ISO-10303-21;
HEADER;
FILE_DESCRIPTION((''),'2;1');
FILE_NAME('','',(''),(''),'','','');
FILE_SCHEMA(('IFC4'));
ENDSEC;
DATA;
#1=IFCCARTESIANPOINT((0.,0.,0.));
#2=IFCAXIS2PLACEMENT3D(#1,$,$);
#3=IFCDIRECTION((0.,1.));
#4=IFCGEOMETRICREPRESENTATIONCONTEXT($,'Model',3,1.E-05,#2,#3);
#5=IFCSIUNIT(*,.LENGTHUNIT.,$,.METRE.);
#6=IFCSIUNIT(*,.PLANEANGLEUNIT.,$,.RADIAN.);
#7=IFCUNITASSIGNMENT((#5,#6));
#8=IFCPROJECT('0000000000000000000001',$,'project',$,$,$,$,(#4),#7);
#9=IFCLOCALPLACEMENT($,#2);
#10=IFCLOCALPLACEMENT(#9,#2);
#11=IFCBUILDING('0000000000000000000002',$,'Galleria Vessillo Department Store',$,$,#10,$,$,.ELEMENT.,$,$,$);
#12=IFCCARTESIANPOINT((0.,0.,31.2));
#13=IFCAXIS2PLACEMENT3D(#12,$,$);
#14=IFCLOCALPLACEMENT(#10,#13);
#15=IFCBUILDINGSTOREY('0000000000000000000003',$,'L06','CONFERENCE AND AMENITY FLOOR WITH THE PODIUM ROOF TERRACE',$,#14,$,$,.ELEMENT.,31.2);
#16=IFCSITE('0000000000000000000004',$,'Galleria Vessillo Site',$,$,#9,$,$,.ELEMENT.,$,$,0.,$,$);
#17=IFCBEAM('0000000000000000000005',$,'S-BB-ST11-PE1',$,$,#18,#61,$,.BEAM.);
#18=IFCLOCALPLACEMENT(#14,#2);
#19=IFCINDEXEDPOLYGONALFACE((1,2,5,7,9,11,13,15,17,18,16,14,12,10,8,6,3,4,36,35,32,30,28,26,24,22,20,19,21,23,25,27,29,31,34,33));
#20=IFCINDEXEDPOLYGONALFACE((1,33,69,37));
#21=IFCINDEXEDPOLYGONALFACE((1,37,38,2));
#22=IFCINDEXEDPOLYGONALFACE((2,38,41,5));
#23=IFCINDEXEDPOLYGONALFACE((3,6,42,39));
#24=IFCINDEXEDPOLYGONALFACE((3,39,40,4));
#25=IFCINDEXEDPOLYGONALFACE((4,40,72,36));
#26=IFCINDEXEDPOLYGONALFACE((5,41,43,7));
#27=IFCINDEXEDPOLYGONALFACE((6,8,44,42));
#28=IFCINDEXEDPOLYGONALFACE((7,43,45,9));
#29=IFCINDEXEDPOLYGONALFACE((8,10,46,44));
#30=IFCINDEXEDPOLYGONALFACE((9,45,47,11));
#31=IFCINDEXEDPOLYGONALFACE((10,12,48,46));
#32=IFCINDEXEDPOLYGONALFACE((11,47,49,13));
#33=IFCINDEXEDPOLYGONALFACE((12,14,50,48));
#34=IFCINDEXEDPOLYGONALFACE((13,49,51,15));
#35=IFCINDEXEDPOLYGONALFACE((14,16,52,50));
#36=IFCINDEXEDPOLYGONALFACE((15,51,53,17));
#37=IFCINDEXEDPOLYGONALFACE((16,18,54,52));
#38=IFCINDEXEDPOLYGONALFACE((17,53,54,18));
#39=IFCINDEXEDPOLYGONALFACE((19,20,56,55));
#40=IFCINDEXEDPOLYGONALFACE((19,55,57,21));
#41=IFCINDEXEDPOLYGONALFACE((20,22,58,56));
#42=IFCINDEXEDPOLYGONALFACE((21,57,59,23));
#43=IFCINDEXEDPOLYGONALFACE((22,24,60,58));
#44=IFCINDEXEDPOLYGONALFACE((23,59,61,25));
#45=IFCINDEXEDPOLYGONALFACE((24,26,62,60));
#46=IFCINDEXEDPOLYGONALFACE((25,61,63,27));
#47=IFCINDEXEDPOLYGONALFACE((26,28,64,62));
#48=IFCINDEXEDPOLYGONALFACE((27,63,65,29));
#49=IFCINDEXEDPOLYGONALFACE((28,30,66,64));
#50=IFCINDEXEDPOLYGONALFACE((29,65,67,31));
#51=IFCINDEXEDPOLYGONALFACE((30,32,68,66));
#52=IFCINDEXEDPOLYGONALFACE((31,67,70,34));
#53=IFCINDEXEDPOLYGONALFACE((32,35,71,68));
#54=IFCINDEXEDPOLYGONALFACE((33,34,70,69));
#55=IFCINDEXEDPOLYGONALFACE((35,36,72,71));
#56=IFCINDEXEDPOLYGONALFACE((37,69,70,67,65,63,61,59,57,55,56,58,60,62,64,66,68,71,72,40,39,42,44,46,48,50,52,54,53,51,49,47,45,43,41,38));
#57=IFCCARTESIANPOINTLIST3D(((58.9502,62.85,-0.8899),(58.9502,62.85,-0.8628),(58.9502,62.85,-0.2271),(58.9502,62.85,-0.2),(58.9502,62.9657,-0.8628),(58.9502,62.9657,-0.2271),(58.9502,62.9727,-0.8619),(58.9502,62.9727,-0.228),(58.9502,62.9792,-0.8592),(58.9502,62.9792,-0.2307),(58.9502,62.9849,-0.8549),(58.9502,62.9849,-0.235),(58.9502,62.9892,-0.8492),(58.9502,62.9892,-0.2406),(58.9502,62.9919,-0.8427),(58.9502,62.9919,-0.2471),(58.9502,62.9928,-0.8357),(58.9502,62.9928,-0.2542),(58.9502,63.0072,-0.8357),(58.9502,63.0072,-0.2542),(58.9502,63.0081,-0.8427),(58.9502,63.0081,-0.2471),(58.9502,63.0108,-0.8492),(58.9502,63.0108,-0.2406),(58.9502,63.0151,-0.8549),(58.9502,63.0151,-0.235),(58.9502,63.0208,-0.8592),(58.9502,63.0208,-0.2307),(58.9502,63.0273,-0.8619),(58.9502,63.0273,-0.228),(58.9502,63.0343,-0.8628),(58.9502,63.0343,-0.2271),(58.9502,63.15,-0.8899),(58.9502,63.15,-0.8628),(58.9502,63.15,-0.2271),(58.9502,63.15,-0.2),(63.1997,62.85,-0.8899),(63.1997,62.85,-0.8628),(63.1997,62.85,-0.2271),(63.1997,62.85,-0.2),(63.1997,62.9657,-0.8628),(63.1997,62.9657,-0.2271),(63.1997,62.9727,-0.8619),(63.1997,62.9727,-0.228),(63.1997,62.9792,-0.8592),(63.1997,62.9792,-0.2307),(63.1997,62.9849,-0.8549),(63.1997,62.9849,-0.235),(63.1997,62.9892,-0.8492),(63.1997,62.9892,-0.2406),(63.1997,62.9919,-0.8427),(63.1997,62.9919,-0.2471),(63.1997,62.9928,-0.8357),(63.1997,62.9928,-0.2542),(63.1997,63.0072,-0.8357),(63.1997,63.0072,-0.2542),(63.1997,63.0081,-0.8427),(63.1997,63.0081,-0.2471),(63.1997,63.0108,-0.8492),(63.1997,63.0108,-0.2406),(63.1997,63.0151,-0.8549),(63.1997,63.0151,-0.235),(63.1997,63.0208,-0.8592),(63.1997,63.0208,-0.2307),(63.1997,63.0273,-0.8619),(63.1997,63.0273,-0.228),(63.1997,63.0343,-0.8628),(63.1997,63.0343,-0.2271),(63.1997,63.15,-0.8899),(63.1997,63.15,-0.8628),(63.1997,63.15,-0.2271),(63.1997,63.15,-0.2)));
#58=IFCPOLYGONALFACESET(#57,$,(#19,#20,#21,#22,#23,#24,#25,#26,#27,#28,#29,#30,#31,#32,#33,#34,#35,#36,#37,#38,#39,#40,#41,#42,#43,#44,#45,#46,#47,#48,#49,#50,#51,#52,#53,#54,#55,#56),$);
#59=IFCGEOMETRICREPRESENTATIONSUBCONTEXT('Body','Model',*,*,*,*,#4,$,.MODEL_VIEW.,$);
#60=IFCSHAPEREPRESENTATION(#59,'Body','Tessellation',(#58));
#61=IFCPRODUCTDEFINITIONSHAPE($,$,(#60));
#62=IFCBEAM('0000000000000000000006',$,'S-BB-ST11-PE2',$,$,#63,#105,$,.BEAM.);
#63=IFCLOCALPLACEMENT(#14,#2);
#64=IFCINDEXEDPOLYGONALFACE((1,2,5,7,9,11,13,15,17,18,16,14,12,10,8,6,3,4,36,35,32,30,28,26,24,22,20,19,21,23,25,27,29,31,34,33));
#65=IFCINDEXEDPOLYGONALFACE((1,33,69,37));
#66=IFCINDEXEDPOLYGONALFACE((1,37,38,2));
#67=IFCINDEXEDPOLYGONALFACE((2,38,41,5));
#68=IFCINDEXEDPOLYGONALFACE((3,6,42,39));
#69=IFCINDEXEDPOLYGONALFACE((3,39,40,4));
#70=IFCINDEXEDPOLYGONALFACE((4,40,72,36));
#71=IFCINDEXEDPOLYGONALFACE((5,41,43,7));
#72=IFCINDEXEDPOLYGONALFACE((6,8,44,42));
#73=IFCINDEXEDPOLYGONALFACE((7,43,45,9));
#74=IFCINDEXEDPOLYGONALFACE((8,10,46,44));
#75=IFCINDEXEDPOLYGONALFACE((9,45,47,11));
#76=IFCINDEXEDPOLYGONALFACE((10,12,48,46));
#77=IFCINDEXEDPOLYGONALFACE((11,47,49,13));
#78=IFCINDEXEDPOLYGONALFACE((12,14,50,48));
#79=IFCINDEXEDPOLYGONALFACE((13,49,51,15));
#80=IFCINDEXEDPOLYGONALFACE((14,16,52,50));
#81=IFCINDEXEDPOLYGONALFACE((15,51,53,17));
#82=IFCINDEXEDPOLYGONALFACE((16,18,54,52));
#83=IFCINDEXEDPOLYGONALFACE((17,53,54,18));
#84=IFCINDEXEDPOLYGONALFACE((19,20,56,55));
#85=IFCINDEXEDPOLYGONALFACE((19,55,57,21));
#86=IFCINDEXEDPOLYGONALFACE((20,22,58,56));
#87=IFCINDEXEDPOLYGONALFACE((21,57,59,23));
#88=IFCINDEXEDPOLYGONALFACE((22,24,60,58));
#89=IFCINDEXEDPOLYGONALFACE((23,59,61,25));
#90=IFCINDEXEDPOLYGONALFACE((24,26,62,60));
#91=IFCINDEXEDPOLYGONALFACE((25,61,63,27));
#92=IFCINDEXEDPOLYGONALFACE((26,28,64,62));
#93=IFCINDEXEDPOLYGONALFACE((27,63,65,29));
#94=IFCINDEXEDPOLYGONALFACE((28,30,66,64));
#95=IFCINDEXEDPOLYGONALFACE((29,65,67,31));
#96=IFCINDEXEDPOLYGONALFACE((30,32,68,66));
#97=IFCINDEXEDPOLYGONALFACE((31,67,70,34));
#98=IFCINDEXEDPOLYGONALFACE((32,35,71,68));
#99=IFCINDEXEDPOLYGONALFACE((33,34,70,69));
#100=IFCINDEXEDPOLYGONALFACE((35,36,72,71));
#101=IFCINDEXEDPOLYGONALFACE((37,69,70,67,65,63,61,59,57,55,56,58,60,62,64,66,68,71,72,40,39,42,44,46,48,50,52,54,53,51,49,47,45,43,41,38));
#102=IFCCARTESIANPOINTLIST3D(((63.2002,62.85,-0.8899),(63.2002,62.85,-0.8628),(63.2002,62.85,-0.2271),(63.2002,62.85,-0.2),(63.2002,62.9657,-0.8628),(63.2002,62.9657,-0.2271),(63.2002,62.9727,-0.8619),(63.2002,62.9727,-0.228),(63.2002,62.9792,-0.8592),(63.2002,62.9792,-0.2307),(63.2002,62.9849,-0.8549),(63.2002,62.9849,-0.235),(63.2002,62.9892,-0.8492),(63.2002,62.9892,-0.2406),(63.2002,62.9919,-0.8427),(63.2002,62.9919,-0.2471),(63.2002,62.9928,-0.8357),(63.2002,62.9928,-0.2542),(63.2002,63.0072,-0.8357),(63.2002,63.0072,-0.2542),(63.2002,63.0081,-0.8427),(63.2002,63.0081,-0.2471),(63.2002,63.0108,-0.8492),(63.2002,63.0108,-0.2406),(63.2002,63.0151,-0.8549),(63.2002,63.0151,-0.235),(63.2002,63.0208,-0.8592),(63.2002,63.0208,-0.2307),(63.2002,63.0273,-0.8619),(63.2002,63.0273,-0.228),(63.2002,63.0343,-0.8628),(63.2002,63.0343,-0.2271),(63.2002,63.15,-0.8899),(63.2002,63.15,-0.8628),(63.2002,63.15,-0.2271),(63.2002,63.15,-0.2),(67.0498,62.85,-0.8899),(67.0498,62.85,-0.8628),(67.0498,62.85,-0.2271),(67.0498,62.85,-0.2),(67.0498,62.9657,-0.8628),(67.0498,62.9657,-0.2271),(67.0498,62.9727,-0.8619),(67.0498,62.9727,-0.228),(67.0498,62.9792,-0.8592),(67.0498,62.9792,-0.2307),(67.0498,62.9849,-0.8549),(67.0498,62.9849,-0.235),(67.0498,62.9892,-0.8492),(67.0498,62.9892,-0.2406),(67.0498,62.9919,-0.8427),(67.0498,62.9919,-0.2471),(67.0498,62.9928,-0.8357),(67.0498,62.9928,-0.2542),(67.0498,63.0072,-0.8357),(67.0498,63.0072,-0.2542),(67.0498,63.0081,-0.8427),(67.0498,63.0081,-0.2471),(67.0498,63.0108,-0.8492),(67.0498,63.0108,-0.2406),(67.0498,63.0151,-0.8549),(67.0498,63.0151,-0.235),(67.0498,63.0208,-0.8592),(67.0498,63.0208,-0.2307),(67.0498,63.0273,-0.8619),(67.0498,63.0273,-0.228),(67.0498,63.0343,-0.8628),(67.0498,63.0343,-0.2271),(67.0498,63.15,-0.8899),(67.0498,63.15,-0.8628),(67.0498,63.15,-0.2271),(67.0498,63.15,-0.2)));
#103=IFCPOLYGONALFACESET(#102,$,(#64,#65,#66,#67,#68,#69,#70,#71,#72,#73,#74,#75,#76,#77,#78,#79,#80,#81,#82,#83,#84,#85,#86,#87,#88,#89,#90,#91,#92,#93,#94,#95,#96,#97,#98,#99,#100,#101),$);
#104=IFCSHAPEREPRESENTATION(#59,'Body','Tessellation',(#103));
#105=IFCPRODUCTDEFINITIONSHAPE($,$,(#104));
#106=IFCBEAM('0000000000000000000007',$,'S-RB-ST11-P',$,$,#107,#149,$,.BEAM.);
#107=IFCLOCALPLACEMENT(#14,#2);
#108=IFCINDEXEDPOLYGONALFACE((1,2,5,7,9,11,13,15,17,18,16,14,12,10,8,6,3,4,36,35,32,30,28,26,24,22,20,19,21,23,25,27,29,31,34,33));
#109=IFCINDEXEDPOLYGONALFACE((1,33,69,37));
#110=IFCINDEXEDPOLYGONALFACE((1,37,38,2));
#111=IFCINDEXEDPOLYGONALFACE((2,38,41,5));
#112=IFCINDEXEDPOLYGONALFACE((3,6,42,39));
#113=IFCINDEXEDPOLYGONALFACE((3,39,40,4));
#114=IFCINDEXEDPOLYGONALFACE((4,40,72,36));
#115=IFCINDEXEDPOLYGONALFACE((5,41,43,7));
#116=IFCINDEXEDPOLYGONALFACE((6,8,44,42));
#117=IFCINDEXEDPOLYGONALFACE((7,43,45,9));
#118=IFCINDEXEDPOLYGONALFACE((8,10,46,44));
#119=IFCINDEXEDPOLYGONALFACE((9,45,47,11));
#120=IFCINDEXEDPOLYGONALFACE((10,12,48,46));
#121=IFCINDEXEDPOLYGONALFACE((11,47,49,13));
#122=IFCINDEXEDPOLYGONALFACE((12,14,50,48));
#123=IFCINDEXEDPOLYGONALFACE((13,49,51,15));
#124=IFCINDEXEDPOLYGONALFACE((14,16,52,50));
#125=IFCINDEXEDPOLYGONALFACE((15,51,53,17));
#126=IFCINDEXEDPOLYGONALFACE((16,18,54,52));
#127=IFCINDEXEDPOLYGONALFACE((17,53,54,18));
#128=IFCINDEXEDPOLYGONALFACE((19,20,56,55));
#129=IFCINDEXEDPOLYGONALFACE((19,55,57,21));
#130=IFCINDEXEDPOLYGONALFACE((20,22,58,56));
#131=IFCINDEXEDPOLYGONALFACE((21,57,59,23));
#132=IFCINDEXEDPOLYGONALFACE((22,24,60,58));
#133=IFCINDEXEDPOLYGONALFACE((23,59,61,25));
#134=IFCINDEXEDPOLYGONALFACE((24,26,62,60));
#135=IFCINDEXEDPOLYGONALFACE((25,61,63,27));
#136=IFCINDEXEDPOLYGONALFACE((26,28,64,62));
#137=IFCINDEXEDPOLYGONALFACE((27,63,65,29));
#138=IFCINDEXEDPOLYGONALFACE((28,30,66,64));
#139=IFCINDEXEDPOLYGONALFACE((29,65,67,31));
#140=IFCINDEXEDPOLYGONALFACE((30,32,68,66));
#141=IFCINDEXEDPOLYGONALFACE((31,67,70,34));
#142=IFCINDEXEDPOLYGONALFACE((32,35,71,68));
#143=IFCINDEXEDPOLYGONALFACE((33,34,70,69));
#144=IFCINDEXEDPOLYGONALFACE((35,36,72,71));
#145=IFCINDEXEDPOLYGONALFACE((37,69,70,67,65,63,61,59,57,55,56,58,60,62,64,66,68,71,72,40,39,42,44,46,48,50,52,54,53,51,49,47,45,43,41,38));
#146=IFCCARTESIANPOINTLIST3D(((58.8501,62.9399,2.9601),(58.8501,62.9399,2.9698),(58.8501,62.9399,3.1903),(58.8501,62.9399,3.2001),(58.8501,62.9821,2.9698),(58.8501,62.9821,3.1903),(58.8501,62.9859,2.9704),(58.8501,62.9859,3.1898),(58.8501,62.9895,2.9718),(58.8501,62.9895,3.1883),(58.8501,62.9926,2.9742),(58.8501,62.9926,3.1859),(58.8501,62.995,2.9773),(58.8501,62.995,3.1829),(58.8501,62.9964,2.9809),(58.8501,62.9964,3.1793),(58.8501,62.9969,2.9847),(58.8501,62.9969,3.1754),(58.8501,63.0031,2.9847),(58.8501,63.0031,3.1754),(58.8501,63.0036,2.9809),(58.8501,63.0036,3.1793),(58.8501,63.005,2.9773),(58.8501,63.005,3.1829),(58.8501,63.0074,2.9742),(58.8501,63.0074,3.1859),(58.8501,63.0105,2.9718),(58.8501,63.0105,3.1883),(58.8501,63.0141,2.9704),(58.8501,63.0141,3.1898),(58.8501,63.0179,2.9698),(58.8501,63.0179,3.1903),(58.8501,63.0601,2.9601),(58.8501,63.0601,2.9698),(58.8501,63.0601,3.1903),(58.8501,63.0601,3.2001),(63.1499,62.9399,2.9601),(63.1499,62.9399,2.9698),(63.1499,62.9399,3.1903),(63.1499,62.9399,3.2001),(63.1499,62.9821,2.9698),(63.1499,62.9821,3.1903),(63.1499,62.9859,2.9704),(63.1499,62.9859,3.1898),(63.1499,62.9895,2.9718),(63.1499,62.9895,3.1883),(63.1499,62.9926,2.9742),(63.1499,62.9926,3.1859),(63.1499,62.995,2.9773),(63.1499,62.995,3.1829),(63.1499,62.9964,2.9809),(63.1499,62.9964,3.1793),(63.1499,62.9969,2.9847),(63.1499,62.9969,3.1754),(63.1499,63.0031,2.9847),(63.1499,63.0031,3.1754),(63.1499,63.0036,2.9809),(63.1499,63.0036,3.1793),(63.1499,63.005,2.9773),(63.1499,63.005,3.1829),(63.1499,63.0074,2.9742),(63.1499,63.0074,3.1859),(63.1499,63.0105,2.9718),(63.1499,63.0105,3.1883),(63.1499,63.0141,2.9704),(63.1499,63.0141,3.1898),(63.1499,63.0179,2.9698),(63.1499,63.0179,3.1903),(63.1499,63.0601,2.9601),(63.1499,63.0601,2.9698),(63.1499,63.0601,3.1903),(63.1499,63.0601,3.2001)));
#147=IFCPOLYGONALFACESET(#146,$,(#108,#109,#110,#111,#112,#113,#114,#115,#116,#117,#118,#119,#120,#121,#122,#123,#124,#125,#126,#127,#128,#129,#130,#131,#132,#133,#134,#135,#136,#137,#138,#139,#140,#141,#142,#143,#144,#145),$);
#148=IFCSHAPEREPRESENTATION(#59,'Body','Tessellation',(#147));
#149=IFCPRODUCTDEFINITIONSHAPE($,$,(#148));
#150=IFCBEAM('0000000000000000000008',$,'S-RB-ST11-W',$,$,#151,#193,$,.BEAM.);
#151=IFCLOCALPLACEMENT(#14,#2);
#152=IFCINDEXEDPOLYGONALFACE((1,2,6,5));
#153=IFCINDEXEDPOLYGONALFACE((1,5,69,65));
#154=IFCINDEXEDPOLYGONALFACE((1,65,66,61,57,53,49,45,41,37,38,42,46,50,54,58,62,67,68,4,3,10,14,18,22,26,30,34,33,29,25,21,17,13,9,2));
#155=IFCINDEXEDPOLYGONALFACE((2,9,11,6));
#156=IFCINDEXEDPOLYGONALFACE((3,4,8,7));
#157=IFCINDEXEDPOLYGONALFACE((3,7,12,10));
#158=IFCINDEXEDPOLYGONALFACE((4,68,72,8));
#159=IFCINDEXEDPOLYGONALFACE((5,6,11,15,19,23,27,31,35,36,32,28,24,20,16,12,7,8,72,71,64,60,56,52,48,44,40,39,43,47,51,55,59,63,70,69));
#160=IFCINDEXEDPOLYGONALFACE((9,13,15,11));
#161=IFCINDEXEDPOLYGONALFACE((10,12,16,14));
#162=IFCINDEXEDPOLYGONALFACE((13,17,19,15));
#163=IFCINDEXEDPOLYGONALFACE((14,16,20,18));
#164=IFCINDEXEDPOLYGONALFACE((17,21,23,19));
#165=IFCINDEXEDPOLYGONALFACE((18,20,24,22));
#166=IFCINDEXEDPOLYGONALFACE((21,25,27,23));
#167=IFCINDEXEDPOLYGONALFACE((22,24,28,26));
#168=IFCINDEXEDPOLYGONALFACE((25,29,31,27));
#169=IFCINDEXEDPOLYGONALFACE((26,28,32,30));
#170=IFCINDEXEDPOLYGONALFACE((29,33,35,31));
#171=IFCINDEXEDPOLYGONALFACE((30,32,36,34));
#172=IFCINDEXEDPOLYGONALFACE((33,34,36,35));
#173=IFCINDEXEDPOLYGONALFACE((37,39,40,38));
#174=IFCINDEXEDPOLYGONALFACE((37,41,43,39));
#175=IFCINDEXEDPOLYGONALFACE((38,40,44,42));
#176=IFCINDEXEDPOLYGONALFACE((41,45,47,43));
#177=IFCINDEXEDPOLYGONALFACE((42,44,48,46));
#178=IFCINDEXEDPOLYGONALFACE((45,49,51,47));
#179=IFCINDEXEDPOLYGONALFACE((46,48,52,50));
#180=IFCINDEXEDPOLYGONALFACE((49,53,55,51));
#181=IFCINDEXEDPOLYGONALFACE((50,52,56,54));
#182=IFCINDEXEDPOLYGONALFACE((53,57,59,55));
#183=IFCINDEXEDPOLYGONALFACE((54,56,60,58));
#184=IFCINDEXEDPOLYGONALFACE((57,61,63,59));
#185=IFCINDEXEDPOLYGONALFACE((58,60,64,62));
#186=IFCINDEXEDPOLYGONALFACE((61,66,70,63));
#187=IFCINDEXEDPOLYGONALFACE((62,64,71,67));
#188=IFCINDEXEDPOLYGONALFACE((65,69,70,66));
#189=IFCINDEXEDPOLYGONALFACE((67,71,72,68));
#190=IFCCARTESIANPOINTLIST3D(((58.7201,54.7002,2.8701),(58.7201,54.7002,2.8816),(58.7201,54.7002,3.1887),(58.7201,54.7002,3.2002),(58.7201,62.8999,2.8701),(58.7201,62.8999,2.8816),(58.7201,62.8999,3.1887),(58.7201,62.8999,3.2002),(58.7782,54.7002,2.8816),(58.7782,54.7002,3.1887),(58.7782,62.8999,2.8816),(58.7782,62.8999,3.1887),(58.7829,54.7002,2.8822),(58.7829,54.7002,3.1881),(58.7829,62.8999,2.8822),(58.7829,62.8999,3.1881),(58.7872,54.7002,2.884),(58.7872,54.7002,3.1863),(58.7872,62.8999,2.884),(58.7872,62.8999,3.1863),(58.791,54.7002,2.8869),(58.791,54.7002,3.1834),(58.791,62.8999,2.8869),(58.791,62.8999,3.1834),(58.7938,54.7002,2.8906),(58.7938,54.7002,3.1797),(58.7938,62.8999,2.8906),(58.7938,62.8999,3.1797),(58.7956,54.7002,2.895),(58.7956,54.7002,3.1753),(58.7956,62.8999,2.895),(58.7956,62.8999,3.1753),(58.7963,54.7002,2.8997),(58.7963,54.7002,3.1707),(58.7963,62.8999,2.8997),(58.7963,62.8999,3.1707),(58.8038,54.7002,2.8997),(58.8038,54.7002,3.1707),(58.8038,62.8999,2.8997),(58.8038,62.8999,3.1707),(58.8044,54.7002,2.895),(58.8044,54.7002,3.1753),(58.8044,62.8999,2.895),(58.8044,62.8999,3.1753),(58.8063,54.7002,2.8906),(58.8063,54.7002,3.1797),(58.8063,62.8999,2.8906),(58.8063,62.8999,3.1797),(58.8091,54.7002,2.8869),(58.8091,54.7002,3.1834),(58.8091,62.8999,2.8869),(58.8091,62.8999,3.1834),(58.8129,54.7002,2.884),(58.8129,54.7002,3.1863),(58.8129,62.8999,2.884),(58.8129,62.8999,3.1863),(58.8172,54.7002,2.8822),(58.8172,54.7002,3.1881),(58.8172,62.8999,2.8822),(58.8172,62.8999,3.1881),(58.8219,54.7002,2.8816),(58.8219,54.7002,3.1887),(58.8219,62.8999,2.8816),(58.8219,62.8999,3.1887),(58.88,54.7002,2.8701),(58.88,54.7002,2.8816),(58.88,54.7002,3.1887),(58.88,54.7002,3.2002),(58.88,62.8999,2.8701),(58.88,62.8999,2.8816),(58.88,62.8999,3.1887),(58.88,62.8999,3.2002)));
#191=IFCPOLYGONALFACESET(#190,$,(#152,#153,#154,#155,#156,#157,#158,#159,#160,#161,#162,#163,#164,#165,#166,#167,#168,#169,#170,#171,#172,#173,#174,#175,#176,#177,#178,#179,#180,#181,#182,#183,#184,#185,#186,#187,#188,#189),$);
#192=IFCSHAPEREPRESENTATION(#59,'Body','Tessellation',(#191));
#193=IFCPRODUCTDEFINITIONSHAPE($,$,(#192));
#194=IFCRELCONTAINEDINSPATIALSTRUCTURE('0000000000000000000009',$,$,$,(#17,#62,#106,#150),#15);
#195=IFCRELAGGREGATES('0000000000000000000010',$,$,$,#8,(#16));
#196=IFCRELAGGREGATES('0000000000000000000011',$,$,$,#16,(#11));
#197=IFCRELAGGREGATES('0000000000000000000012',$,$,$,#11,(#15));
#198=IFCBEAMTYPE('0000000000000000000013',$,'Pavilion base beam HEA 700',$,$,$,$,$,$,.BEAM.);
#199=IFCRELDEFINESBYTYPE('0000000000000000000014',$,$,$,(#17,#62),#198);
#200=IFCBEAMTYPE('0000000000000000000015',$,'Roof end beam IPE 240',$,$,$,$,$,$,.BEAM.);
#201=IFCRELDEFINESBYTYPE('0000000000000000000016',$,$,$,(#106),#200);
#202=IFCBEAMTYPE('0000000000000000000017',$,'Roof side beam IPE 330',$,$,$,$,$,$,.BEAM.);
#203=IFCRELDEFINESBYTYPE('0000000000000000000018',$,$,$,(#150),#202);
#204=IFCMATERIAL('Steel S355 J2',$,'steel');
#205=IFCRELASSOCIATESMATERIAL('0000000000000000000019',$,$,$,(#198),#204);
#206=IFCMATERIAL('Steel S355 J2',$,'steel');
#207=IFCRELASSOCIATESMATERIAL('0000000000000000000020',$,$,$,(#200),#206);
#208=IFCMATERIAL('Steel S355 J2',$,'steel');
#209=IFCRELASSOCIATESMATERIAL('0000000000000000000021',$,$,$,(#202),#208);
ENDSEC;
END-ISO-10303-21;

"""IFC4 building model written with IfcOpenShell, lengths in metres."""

from ifc_helpers import new_model, si_unit, direction, frame, origin, origin_2d, place, context, subcontext, project, spatial, i_section, extrude, material, material_profile, profile_set, type_object, element, save


model = new_model("IFC4")

# Units and contexts
model_context = context("Model", 3, precision=1e-05, world=origin(), true_north=direction((0.0, 1.0)))
body_context = subcontext(model_context, "Body", "Model", "MODEL_VIEW")
ifc_project = project(units=[si_unit("LENGTHUNIT", "METRE"), si_unit("PLANEANGLEUNIT", "RADIAN")], contexts=[model_context])

# Site, building, storey
site_placement = place(None, origin())
site = spatial("IfcSite", under=ifc_project, at=site_placement, Name="Galleria Vessillo Site", CompositionType="ELEMENT", RefElevation=0.0)
building_placement = place(site_placement, origin())
building = spatial("IfcBuilding", under=site, at=building_placement, Name="Galleria Vessillo Department Store", CompositionType="ELEMENT")
storey_placement = place(building_placement, frame((0.0, 0.0, 31.2)))
storey = spatial("IfcBuildingStorey", under=building, at=storey_placement, Name="L06", Description="CONFERENCE AND AMENITY FLOOR WITH THE PODIUM ROOF TERRACE", CompositionType="ELEMENT", Elevation=31.2)

# Beams
ifc_material_1 = material(Name="Steel S355 J2", Category="steel")
ifc_material_profile_1 = material_profile(ifc_material_1, i_section(OverallWidth=0.3, OverallDepth=0.6899, WebThickness=0.0144, FlangeThickness=0.0271, FilletRadius=0.0271, at=origin_2d()), Name="HEA 700")
ifc_profile_set_1 = profile_set([ifc_material_profile_1], Name="Steel S355 J2")
beam_type_1 = type_object("IfcBeamType", Name="Pavilion base beam HEA 700", PredefinedType="BEAM", material=ifc_profile_set_1)
beam_1_placement = place(storey_placement, frame((58.9502, 63.0, -0.5449), z_axis=(1.0, 0.0, 0.0), x_axis=(0.0, 1.0, 0.0)))
element("IfcBeam", 1, at=beam_1_placement, inside=storey, type_object=beam_type_1, Name="S-BB-ST11-PE1", PredefinedType="BEAM", context=body_context, shape_type="SweptSolid", body=[
    extrude(i_section(OverallWidth=0.3, OverallDepth=0.6899, WebThickness=0.0144, FlangeThickness=0.0271, FilletRadius=0.0271, at=origin_2d()), origin(), (0.0, 0.0, 1.0), 4.2495),
])
beam_2_placement = place(storey_placement, frame((63.2002, 63.0, -0.5449), z_axis=(1.0, 0.0, 0.0), x_axis=(0.0, 1.0, 0.0)))
element("IfcBeam", 2, at=beam_2_placement, inside=storey, type_object=beam_type_1, Name="S-BB-ST11-PE2", PredefinedType="BEAM", context=body_context, shape_type="SweptSolid", body=[
    extrude(i_section(OverallWidth=0.3, OverallDepth=0.6899, WebThickness=0.0144, FlangeThickness=0.0271, FilletRadius=0.0271, at=origin_2d()), origin(), (0.0, 0.0, 1.0), 3.8496),
])
ifc_material_2 = material(Name="Steel S355 J2", Category="steel")
ifc_material_profile_2 = material_profile(ifc_material_2, i_section(OverallWidth=0.1201, OverallDepth=0.24, WebThickness=0.0061, FlangeThickness=0.0098, FilletRadius=0.0149, at=origin_2d()), Name="IPE 240")
ifc_profile_set_2 = profile_set([ifc_material_profile_2], Name="Steel S355 J2")
beam_type_2 = type_object("IfcBeamType", Name="Roof end beam IPE 240", PredefinedType="BEAM", material=ifc_profile_set_2)
beam_3_placement = place(storey_placement, frame((58.8501, 63.0, 3.0801), z_axis=(1.0, 0.0, 0.0), x_axis=(0.0, 1.0, 0.0)))
element("IfcBeam", 3, at=beam_3_placement, inside=storey, type_object=beam_type_2, Name="S-RB-ST11-P", PredefinedType="BEAM", context=body_context, shape_type="SweptSolid", body=[
    extrude(i_section(OverallWidth=0.1201, OverallDepth=0.24, WebThickness=0.0061, FlangeThickness=0.0098, FilletRadius=0.0149, at=origin_2d()), origin(), (0.0, 0.0, 1.0), 4.2998),
])
ifc_material_3 = material(Name="Steel S355 J2", Category="steel")
ifc_material_profile_3 = material_profile(ifc_material_3, i_section(OverallWidth=0.1599, OverallDepth=0.3301, WebThickness=0.0076, FlangeThickness=0.0115, FilletRadius=0.0181, at=origin_2d()), Name="IPE 330")
ifc_profile_set_3 = profile_set([ifc_material_profile_3], Name="Steel S355 J2")
beam_type_3 = type_object("IfcBeamType", Name="Roof side beam IPE 330", PredefinedType="BEAM", material=ifc_profile_set_3)
for number, where, z_axis, x_axis, name in (
    (4, (58.8, 62.8999, 3.0352), (0.0, -1.0, 0.0), (1.0, 0.0, 0.0), "S-RB-ST11-W"),
):
    element("IfcBeam", number, at=place(storey_placement, frame(where, z_axis=z_axis, x_axis=x_axis)), inside=storey, type_object=beam_type_3, Name=name, PredefinedType="BEAM", context=body_context, shape_type="SweptSolid", body=[
        extrude(i_section(OverallWidth=0.1599, OverallDepth=0.3301, WebThickness=0.0076, FlangeThickness=0.0115, FilletRadius=0.0181, at=origin_2d()), origin(), (0.0, 0.0, 1.0), 8.1997),
    ])

save(model, "model.ifc")
